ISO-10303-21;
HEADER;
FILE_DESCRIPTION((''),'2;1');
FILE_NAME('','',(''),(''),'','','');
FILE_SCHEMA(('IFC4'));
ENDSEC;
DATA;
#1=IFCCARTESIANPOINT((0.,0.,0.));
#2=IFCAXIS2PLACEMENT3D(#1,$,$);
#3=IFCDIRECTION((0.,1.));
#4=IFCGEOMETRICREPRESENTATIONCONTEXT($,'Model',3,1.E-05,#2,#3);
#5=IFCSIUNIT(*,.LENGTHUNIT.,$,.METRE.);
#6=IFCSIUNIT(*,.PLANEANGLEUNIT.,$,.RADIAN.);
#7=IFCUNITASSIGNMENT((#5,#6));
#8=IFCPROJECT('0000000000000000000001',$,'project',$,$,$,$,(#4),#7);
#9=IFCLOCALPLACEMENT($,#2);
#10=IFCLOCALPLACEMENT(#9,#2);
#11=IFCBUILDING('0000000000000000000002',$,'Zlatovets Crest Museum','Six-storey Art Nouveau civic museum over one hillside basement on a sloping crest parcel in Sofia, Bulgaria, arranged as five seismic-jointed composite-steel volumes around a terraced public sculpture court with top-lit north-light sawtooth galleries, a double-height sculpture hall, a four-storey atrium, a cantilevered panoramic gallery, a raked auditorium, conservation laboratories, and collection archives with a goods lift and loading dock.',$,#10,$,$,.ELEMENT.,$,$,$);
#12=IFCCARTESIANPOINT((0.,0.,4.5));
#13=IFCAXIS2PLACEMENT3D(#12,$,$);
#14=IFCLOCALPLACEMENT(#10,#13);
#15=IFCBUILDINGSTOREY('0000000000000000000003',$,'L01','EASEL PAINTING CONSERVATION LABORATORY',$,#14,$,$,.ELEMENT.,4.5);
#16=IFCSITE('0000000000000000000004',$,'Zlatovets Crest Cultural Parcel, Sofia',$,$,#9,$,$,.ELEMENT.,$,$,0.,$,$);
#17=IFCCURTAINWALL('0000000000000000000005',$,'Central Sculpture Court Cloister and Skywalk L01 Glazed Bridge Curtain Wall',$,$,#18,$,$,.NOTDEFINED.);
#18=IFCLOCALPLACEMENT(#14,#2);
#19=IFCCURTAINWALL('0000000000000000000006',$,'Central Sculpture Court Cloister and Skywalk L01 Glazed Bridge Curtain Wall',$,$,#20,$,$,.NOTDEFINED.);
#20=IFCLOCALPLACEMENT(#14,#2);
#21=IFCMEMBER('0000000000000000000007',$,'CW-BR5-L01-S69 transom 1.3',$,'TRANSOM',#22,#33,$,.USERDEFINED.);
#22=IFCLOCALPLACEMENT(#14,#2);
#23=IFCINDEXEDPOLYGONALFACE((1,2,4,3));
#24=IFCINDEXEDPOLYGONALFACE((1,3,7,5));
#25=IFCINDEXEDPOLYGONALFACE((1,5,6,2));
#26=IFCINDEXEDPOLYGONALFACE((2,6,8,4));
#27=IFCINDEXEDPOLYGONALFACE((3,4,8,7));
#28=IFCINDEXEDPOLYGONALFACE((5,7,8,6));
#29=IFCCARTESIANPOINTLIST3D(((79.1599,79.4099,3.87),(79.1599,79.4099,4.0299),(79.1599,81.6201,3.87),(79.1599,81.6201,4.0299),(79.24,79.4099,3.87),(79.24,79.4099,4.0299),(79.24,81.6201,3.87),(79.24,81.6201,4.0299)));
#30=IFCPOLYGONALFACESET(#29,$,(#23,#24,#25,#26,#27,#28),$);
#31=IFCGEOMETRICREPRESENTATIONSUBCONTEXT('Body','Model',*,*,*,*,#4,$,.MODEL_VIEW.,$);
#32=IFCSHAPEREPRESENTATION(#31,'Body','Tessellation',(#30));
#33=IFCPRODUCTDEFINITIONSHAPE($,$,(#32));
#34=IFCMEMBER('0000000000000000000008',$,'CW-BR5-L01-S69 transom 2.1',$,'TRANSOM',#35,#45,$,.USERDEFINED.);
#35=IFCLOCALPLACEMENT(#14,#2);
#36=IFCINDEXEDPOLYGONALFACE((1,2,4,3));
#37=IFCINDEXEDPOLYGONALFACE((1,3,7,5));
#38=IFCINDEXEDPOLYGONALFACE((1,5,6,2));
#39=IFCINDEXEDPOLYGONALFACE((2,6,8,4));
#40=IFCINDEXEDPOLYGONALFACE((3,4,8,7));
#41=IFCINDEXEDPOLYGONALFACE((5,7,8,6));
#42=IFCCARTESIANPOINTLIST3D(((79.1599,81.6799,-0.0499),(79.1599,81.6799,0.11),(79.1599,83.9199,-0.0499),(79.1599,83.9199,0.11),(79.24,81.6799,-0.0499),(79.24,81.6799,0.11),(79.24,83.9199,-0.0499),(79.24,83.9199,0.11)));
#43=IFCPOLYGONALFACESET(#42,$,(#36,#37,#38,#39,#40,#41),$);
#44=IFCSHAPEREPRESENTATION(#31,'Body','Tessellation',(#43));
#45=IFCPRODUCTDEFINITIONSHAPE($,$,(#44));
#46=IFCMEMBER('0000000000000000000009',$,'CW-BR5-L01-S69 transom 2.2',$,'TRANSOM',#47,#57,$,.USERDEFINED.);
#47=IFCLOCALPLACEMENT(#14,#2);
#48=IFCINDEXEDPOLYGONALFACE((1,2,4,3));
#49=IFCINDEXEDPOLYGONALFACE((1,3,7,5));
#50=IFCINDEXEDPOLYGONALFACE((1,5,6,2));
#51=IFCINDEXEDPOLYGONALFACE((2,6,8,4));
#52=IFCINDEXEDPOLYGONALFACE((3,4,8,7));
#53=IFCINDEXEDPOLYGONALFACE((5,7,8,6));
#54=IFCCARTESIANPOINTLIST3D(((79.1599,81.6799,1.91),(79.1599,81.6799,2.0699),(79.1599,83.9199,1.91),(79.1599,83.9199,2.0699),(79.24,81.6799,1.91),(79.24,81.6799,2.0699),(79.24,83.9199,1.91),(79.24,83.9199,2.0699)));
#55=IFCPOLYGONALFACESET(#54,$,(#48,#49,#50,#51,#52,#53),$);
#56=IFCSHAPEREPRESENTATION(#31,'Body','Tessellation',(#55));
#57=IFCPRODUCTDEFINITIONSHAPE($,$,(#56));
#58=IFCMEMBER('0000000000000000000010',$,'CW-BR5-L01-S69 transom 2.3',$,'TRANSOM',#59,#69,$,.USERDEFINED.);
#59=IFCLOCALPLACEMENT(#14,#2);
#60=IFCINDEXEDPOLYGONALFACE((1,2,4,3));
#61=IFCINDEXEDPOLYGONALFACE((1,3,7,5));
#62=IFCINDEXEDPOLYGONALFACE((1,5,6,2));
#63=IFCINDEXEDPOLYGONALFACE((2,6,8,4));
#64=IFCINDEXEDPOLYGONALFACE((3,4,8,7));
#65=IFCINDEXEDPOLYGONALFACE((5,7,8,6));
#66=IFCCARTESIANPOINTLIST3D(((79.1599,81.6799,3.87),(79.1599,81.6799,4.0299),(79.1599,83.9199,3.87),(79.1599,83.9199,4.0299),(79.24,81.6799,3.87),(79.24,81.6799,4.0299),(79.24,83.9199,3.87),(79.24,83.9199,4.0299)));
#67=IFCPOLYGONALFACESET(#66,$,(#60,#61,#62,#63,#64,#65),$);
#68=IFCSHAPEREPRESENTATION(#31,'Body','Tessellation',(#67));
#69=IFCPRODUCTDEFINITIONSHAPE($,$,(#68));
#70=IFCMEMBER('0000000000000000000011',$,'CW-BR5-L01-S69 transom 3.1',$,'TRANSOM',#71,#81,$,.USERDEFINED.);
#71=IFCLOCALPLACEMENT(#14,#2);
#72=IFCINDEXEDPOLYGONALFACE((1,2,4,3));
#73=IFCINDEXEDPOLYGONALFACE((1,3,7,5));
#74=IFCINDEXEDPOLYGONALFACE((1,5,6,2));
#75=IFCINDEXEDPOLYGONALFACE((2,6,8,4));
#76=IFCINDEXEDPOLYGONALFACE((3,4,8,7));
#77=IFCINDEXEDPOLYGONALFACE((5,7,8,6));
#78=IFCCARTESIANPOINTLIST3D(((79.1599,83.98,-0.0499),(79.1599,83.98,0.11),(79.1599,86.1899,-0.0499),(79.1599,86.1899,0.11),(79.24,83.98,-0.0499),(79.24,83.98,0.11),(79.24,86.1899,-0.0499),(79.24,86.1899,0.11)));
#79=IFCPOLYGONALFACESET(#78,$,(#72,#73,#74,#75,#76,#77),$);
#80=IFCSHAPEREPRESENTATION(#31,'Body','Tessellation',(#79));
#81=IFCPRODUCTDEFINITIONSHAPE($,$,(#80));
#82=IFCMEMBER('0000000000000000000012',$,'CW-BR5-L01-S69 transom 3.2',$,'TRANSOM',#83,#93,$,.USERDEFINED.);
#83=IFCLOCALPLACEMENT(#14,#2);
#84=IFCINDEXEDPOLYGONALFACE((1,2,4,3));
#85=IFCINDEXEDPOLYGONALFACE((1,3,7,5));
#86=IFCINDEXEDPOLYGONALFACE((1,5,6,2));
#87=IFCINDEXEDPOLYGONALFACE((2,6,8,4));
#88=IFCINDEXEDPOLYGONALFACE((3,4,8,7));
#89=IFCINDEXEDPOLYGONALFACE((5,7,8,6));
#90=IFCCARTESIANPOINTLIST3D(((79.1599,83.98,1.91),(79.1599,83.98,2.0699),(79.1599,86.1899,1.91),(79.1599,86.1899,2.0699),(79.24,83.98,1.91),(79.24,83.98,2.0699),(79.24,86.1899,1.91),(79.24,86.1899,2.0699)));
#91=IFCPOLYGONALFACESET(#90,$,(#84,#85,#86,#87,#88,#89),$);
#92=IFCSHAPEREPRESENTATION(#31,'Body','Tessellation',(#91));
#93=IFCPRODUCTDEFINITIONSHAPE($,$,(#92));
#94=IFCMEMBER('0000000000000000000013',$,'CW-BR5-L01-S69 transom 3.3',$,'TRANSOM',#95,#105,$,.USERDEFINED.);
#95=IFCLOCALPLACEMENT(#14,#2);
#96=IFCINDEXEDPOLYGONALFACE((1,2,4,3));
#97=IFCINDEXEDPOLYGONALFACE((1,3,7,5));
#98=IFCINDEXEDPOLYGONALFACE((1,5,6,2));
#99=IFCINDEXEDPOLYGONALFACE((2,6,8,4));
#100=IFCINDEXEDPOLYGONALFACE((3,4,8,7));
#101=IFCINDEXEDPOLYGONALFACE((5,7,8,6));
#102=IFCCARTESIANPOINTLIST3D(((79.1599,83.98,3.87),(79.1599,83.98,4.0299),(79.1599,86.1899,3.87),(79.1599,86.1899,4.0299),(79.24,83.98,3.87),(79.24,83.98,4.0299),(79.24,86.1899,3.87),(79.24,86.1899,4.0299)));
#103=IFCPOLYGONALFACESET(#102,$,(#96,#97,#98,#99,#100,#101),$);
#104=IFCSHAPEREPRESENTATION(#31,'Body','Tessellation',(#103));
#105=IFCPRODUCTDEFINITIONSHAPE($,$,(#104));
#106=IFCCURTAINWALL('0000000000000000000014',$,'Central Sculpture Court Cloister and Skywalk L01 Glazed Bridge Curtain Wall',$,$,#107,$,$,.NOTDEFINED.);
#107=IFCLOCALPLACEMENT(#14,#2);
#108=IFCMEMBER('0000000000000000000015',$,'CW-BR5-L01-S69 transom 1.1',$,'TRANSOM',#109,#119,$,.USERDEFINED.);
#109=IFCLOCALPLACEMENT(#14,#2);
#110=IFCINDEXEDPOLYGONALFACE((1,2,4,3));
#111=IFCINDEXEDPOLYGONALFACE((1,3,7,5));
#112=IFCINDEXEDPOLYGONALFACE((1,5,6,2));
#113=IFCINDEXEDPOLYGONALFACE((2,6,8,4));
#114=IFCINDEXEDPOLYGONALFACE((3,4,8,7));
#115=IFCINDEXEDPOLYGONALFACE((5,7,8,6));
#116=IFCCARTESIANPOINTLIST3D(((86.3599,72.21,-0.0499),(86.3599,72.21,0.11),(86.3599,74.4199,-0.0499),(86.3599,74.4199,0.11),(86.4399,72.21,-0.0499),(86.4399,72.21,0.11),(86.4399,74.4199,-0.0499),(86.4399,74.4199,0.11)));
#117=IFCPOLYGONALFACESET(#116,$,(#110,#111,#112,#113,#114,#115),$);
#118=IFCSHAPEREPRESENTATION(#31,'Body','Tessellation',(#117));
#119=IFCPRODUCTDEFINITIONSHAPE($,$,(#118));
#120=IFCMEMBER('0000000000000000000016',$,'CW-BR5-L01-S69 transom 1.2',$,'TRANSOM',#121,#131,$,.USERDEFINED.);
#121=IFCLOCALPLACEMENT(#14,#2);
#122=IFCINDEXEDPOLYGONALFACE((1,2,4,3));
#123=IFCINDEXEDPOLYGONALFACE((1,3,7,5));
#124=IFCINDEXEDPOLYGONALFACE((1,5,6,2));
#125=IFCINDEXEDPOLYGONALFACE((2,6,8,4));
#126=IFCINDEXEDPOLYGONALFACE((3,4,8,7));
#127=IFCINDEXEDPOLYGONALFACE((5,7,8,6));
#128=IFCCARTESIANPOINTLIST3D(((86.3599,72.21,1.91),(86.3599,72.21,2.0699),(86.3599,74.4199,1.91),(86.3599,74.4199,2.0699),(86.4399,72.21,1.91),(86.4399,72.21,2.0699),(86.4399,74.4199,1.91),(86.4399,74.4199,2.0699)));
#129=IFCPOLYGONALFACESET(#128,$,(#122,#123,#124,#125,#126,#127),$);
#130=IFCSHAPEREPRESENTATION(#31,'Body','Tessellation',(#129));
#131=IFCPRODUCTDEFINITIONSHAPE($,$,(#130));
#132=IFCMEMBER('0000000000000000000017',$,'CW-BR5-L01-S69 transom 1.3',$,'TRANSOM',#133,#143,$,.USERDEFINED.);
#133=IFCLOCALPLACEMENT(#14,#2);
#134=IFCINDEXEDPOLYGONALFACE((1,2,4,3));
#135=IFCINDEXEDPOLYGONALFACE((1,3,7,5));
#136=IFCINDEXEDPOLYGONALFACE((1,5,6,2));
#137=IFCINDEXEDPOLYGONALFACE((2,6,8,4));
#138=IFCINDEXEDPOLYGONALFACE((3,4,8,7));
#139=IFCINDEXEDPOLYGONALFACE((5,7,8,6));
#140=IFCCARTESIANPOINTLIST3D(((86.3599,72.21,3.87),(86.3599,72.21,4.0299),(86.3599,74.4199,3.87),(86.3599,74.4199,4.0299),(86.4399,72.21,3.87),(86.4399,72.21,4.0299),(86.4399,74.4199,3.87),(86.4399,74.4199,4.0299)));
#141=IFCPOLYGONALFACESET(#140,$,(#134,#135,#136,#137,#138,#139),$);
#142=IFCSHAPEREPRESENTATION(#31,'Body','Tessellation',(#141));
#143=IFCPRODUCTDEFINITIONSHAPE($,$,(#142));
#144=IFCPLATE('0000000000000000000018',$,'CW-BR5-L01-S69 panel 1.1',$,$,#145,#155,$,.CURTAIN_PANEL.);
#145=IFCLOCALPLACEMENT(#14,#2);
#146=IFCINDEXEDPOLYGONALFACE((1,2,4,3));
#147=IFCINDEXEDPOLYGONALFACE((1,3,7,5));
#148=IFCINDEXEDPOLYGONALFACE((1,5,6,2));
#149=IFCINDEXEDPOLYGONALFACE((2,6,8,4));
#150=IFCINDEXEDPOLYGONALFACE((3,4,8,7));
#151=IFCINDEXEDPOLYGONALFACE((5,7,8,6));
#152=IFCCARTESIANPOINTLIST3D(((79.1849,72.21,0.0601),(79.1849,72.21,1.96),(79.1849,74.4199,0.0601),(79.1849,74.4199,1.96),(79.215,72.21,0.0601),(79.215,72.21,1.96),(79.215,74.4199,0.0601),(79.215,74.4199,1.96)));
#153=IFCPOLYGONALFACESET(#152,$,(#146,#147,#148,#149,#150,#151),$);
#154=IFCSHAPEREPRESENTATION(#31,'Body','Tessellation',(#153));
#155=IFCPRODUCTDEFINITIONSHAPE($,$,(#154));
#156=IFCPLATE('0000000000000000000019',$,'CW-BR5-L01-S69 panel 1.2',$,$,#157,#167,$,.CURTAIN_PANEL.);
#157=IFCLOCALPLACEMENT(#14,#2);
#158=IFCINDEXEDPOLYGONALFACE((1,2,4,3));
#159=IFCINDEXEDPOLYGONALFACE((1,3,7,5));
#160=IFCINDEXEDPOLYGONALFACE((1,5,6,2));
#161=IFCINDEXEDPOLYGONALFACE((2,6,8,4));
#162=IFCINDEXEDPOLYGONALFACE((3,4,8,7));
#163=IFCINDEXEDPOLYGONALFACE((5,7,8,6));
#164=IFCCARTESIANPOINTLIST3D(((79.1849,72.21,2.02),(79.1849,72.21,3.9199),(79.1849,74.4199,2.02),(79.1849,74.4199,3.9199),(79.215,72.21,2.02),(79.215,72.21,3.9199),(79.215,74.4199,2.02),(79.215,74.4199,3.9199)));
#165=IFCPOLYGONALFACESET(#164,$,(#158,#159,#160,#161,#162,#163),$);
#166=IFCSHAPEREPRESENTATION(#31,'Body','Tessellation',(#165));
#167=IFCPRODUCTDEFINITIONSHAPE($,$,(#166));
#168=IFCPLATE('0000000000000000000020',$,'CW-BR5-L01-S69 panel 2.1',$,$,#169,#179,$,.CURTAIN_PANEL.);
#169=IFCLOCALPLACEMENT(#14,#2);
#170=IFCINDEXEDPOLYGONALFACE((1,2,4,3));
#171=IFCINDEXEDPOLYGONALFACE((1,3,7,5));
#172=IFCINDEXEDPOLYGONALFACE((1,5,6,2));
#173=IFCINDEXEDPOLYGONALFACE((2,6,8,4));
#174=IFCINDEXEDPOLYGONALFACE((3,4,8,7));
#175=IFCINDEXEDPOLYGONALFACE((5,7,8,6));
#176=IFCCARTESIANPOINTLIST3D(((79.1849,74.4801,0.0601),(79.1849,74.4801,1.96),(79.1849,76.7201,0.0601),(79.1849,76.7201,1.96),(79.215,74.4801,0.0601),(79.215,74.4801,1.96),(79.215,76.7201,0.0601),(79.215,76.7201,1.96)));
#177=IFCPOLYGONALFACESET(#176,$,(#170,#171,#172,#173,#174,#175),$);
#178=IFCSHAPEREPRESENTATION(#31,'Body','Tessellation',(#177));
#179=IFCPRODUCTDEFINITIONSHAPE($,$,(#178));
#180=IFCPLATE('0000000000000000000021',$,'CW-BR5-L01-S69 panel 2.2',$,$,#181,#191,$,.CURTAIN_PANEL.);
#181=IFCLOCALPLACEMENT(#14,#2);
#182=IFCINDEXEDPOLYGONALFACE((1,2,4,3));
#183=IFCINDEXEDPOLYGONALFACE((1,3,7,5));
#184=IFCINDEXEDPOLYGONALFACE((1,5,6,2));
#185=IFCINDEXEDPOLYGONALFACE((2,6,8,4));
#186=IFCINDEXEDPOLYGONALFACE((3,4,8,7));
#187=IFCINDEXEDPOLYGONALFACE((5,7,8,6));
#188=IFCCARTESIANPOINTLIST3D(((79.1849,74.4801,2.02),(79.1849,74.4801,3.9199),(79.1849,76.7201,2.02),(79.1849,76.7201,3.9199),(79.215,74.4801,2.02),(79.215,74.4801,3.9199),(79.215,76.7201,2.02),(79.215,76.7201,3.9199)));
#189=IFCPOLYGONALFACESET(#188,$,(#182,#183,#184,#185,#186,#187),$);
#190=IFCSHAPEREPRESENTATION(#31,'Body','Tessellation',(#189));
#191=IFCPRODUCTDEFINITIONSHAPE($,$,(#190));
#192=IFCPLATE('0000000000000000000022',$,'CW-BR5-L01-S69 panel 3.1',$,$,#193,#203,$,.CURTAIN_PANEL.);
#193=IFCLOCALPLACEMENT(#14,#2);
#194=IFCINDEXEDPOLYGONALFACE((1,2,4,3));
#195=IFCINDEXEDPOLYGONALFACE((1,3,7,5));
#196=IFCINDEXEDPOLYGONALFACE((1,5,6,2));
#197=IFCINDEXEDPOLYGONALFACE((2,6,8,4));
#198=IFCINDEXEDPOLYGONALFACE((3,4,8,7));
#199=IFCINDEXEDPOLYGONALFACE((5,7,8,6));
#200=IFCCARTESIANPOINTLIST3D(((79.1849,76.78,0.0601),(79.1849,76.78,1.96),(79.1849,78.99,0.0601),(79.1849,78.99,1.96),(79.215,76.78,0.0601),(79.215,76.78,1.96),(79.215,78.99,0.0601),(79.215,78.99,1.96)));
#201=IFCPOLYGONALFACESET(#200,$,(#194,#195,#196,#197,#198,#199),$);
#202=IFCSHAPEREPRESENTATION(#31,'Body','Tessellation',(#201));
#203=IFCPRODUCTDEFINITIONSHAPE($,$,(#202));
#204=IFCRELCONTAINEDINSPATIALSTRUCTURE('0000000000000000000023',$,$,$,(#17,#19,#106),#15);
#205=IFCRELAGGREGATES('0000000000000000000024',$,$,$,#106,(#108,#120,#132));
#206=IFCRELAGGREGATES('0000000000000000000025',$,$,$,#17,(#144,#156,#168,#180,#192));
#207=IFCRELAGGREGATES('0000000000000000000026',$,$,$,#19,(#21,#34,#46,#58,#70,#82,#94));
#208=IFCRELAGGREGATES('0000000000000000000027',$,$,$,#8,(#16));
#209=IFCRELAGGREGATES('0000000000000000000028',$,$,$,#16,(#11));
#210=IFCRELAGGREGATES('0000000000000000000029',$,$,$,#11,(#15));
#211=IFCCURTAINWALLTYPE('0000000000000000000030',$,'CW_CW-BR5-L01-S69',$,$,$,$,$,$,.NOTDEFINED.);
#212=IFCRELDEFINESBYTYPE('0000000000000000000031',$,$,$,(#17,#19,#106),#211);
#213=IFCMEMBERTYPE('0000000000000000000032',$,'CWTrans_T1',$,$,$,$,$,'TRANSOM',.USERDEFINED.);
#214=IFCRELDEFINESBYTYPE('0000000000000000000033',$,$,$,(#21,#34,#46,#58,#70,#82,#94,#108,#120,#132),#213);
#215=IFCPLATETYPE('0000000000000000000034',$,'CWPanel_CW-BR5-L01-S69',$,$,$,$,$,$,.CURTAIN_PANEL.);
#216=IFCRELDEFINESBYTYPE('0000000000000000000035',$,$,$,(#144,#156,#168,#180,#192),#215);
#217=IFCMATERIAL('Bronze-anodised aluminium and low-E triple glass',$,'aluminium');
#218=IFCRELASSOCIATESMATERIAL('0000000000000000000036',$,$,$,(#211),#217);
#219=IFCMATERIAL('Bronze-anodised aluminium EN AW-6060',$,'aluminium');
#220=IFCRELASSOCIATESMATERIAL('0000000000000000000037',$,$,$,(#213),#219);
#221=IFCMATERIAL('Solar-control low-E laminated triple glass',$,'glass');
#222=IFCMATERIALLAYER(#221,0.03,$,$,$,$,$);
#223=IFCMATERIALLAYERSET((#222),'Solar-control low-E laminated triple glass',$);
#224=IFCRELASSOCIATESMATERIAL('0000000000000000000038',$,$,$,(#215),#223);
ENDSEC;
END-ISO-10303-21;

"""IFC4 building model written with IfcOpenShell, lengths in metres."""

from ifc_helpers import new_model, si_unit, direction, frame, origin, origin_2d, place, context, subcontext, project, spatial, rectangle, extrude, material, layer, layer_set, material_profile, profile_set, type_object, element, aggregate, save


model = new_model("IFC4")

# Units and contexts
model_context = context("Model", 3, precision=1e-05, world=origin(), true_north=direction((0.0, 1.0)))
body_context = subcontext(model_context, "Body", "Model", "MODEL_VIEW")
ifc_project = project(units=[si_unit("LENGTHUNIT", "METRE"), si_unit("PLANEANGLEUNIT", "RADIAN")], contexts=[model_context])

# Site, building, storey
site_placement = place(None, origin())
site = spatial("IfcSite", under=ifc_project, at=site_placement, Name="Zlatovets Crest Cultural Parcel, Sofia", CompositionType="ELEMENT", RefElevation=0.0)
building_placement = place(site_placement, origin())
building = spatial("IfcBuilding", under=site, at=building_placement, Name="Zlatovets Crest Museum", Description="Six-storey Art Nouveau civic museum over one hillside basement on a sloping crest parcel in Sofia, Bulgaria, arranged as five seismic-jointed composite-steel volumes around a terraced public sculpture court with top-lit north-light sawtooth galleries, a double-height sculpture hall, a four-storey atrium, a cantilevered panoramic gallery, a raked auditorium, conservation laboratories, and collection archives with a goods lift and loading dock.", CompositionType="ELEMENT")
storey_placement = place(building_placement, frame((0.0, 0.0, 4.5)))
storey = spatial("IfcBuildingStorey", under=building, at=storey_placement, Name="L01", Description="EASEL PAINTING CONSERVATION LABORATORY", CompositionType="ELEMENT", Elevation=4.5)

# Curtain walls
ifc_material_1 = material(Name="Bronze-anodised aluminium and low-E triple glass", Category="aluminium")
curtain_wall_type = type_object("IfcCurtainWallType", Name="CW_CW-BR5-L01-S69", PredefinedType="NOTDEFINED", material=ifc_material_1)
curtain_wall_1_placement = place(storey_placement, origin())
curtain_wall_1 = element("IfcCurtainWall", 1, at=curtain_wall_1_placement, inside=storey, type_object=curtain_wall_type, Name="Central Sculpture Court Cloister and Skywalk L01 Glazed Bridge Curtain Wall", PredefinedType="NOTDEFINED")
ifc_material_2 = material(Name="Bronze-anodised aluminium EN AW-6060", Category="aluminium")
curtain_wall_2_placement = place(storey_placement, origin())
curtain_wall_2 = element("IfcCurtainWall", 2, at=curtain_wall_2_placement, inside=storey, type_object=curtain_wall_type, Name="Central Sculpture Court Cloister and Skywalk L01 Glazed Bridge Curtain Wall", PredefinedType="NOTDEFINED")

# Members
ifc_material_profile_1 = material_profile(ifc_material_2, rectangle(XDim=0.0801, YDim=0.1599, at=origin_2d()), Name="ALU 80x160")
ifc_profile_set_1 = profile_set([ifc_material_profile_1], Name="Bronze-anodised aluminium EN AW-6060")
member_type_1 = type_object("IfcMemberType", Name="CWTrans_T1", ElementType="TRANSOM", PredefinedType="USERDEFINED", material=ifc_profile_set_1)
member_1_placement = place(storey_placement, frame((79.2, 79.4099, 3.95), z_axis=(0.0, 1.0, 0.0), x_axis=(-1.0, 0.0, 0.0)))
member_1 = element("IfcMember", 3, at=member_1_placement, type_object=member_type_1, Name="CW-BR5-L01-S69 transom 1.3", ObjectType="TRANSOM", PredefinedType="USERDEFINED", context=body_context, shape_type="SweptSolid", body=[
    extrude(rectangle(XDim=0.0801, YDim=0.1599, at=origin_2d()), origin(), (0.0, 0.0, 1.0), 2.2102),
])
member_2_placement = place(storey_placement, frame((79.2, 81.6799, 0.03), z_axis=(0.0, 1.0, 0.0), x_axis=(-1.0, 0.0, 0.0)))
member_2 = element("IfcMember", 4, at=member_2_placement, type_object=member_type_1, Name="CW-BR5-L01-S69 transom 2.1", ObjectType="TRANSOM", PredefinedType="USERDEFINED", context=body_context, shape_type="SweptSolid", body=[
    extrude(rectangle(XDim=0.0801, YDim=0.1599, at=origin_2d()), origin(), (0.0, 0.0, 1.0), 2.24),
])
member_3_placement = place(storey_placement, frame((79.2, 81.6799, 1.99), z_axis=(0.0, 1.0, 0.0), x_axis=(-1.0, 0.0, 0.0)))
member_3 = element("IfcMember", 5, at=member_3_placement, type_object=member_type_1, Name="CW-BR5-L01-S69 transom 2.2", ObjectType="TRANSOM", PredefinedType="USERDEFINED", context=body_context, shape_type="SweptSolid", body=[
    extrude(rectangle(XDim=0.0801, YDim=0.1599, at=origin_2d()), origin(), (0.0, 0.0, 1.0), 2.24),
])
member_4_placement = place(storey_placement, frame((79.2, 81.6799, 3.95), z_axis=(0.0, 1.0, 0.0), x_axis=(-1.0, 0.0, 0.0)))
member_4 = element("IfcMember", 6, at=member_4_placement, type_object=member_type_1, Name="CW-BR5-L01-S69 transom 2.3", ObjectType="TRANSOM", PredefinedType="USERDEFINED", context=body_context, shape_type="SweptSolid", body=[
    extrude(rectangle(XDim=0.0801, YDim=0.1599, at=origin_2d()), origin(), (0.0, 0.0, 1.0), 2.24),
])
member_5_placement = place(storey_placement, frame((79.2, 83.98, 0.03), z_axis=(0.0, 1.0, 0.0), x_axis=(-1.0, 0.0, 0.0)))
member_5 = element("IfcMember", 7, at=member_5_placement, type_object=member_type_1, Name="CW-BR5-L01-S69 transom 3.1", ObjectType="TRANSOM", PredefinedType="USERDEFINED", context=body_context, shape_type="SweptSolid", body=[
    extrude(rectangle(XDim=0.0801, YDim=0.1599, at=origin_2d()), origin(), (0.0, 0.0, 1.0), 2.21),
])
member_6_placement = place(storey_placement, frame((79.2, 83.98, 1.99), z_axis=(0.0, 1.0, 0.0), x_axis=(-1.0, 0.0, 0.0)))
member_6 = element("IfcMember", 8, at=member_6_placement, type_object=member_type_1, Name="CW-BR5-L01-S69 transom 3.2", ObjectType="TRANSOM", PredefinedType="USERDEFINED", context=body_context, shape_type="SweptSolid", body=[
    extrude(rectangle(XDim=0.0801, YDim=0.1599, at=origin_2d()), origin(), (0.0, 0.0, 1.0), 2.21),
])
member_7_placement = place(storey_placement, frame((79.2, 83.98, 3.95), z_axis=(0.0, 1.0, 0.0), x_axis=(-1.0, 0.0, 0.0)))
member_7 = element("IfcMember", 9, at=member_7_placement, type_object=member_type_1, Name="CW-BR5-L01-S69 transom 3.3", ObjectType="TRANSOM", PredefinedType="USERDEFINED", context=body_context, shape_type="SweptSolid", body=[
    extrude(rectangle(XDim=0.0801, YDim=0.1599, at=origin_2d()), origin(), (0.0, 0.0, 1.0), 2.21),
])

# Curtain wall, members
curtain_wall_3_placement = place(storey_placement, origin())
curtain_wall_3 = element("IfcCurtainWall", 10, at=curtain_wall_3_placement, inside=storey, type_object=curtain_wall_type, Name="Central Sculpture Court Cloister and Skywalk L01 Glazed Bridge Curtain Wall", PredefinedType="NOTDEFINED")
member_8_placement = place(storey_placement, frame((86.3999, 72.21, 0.03), z_axis=(0.0, 1.0, 0.0), x_axis=(-1.0, 0.0, 0.0)))
member_8 = element("IfcMember", 11, at=member_8_placement, type_object=member_type_1, Name="CW-BR5-L01-S69 transom 1.1", ObjectType="TRANSOM", PredefinedType="USERDEFINED", context=body_context, shape_type="SweptSolid", body=[
    extrude(rectangle(XDim=0.0801, YDim=0.1599, at=origin_2d()), origin(), (0.0, 0.0, 1.0), 2.21),
])
member_9_placement = place(storey_placement, frame((86.3999, 72.21, 1.99), z_axis=(0.0, 1.0, 0.0), x_axis=(-1.0, 0.0, 0.0)))
member_9 = element("IfcMember", 12, at=member_9_placement, type_object=member_type_1, Name="CW-BR5-L01-S69 transom 1.2", ObjectType="TRANSOM", PredefinedType="USERDEFINED", context=body_context, shape_type="SweptSolid", body=[
    extrude(rectangle(XDim=0.0801, YDim=0.1599, at=origin_2d()), origin(), (0.0, 0.0, 1.0), 2.21),
])
member_10_placement = place(storey_placement, frame((86.3999, 72.21, 3.95), z_axis=(0.0, 1.0, 0.0), x_axis=(-1.0, 0.0, 0.0)))
member_10 = element("IfcMember", 13, at=member_10_placement, type_object=member_type_1, Name="CW-BR5-L01-S69 transom 1.3", ObjectType="TRANSOM", PredefinedType="USERDEFINED", context=body_context, shape_type="SweptSolid", body=[
    extrude(rectangle(XDim=0.0801, YDim=0.1599, at=origin_2d()), origin(), (0.0, 0.0, 1.0), 2.21),
])
aggregate(curtain_wall_3, [member_8, member_9, member_10])

# Plates
ifc_material_3 = material(Name="Solar-control low-E laminated triple glass", Category="glass")
ifc_layer_1 = layer(ifc_material_3, 0.03)
ifc_layer_set_1 = layer_set([ifc_layer_1], Name="Solar-control low-E laminated triple glass")
plate_type = type_object("IfcPlateType", Name="CWPanel_CW-BR5-L01-S69", PredefinedType="CURTAIN_PANEL", material=ifc_layer_set_1)
plate_1_placement = place(storey_placement, frame((79.2, 73.3149, 0.0601), z_axis=(0.0, 0.0, 1.0), x_axis=(0.0, 1.0, 0.0)))
plate_1 = element("IfcPlate", 14, at=plate_1_placement, type_object=plate_type, Name="CW-BR5-L01-S69 panel 1.1", PredefinedType="CURTAIN_PANEL", context=body_context, shape_type="SweptSolid", body=[
    extrude(rectangle(XDim=2.21, YDim=0.03, at=origin_2d()), origin(), (0.0, 0.0, 1.0), 1.8999),
])
plate_2_placement = place(storey_placement, frame((79.2, 73.3149, 2.02), z_axis=(0.0, 0.0, 1.0), x_axis=(0.0, 1.0, 0.0)))
plate_2 = element("IfcPlate", 15, at=plate_2_placement, type_object=plate_type, Name="CW-BR5-L01-S69 panel 1.2", PredefinedType="CURTAIN_PANEL", context=body_context, shape_type="SweptSolid", body=[
    extrude(rectangle(XDim=2.21, YDim=0.03, at=origin_2d()), origin(), (0.0, 0.0, 1.0), 1.8999),
])
plate_3_placement = place(storey_placement, frame((79.2, 75.6001, 0.0601), z_axis=(0.0, 0.0, 1.0), x_axis=(0.0, 1.0, 0.0)))
plate_3 = element("IfcPlate", 16, at=plate_3_placement, type_object=plate_type, Name="CW-BR5-L01-S69 panel 2.1", PredefinedType="CURTAIN_PANEL", context=body_context, shape_type="SweptSolid", body=[
    extrude(rectangle(XDim=2.24, YDim=0.03, at=origin_2d()), origin(), (0.0, 0.0, 1.0), 1.8999),
])
plate_4_placement = place(storey_placement, frame((79.2, 75.6001, 2.02), z_axis=(0.0, 0.0, 1.0), x_axis=(0.0, 1.0, 0.0)))
plate_4 = element("IfcPlate", 17, at=plate_4_placement, type_object=plate_type, Name="CW-BR5-L01-S69 panel 2.2", PredefinedType="CURTAIN_PANEL", context=body_context, shape_type="SweptSolid", body=[
    extrude(rectangle(XDim=2.24, YDim=0.03, at=origin_2d()), origin(), (0.0, 0.0, 1.0), 1.8999),
])
plate_5_placement = place(storey_placement, frame((79.2, 77.885, 0.0601), z_axis=(0.0, 0.0, 1.0), x_axis=(0.0, 1.0, 0.0)))
plate_5 = element("IfcPlate", 18, at=plate_5_placement, type_object=plate_type, Name="CW-BR5-L01-S69 panel 3.1", PredefinedType="CURTAIN_PANEL", context=body_context, shape_type="SweptSolid", body=[
    extrude(rectangle(XDim=2.21, YDim=0.03, at=origin_2d()), origin(), (0.0, 0.0, 1.0), 1.8999),
])
aggregate(curtain_wall_1, [plate_1, plate_2, plate_3, plate_4, plate_5])
aggregate(curtain_wall_2, [member_1, member_2, member_3, member_4, member_5, member_6, member_7])

save(model, "model.ifc")
